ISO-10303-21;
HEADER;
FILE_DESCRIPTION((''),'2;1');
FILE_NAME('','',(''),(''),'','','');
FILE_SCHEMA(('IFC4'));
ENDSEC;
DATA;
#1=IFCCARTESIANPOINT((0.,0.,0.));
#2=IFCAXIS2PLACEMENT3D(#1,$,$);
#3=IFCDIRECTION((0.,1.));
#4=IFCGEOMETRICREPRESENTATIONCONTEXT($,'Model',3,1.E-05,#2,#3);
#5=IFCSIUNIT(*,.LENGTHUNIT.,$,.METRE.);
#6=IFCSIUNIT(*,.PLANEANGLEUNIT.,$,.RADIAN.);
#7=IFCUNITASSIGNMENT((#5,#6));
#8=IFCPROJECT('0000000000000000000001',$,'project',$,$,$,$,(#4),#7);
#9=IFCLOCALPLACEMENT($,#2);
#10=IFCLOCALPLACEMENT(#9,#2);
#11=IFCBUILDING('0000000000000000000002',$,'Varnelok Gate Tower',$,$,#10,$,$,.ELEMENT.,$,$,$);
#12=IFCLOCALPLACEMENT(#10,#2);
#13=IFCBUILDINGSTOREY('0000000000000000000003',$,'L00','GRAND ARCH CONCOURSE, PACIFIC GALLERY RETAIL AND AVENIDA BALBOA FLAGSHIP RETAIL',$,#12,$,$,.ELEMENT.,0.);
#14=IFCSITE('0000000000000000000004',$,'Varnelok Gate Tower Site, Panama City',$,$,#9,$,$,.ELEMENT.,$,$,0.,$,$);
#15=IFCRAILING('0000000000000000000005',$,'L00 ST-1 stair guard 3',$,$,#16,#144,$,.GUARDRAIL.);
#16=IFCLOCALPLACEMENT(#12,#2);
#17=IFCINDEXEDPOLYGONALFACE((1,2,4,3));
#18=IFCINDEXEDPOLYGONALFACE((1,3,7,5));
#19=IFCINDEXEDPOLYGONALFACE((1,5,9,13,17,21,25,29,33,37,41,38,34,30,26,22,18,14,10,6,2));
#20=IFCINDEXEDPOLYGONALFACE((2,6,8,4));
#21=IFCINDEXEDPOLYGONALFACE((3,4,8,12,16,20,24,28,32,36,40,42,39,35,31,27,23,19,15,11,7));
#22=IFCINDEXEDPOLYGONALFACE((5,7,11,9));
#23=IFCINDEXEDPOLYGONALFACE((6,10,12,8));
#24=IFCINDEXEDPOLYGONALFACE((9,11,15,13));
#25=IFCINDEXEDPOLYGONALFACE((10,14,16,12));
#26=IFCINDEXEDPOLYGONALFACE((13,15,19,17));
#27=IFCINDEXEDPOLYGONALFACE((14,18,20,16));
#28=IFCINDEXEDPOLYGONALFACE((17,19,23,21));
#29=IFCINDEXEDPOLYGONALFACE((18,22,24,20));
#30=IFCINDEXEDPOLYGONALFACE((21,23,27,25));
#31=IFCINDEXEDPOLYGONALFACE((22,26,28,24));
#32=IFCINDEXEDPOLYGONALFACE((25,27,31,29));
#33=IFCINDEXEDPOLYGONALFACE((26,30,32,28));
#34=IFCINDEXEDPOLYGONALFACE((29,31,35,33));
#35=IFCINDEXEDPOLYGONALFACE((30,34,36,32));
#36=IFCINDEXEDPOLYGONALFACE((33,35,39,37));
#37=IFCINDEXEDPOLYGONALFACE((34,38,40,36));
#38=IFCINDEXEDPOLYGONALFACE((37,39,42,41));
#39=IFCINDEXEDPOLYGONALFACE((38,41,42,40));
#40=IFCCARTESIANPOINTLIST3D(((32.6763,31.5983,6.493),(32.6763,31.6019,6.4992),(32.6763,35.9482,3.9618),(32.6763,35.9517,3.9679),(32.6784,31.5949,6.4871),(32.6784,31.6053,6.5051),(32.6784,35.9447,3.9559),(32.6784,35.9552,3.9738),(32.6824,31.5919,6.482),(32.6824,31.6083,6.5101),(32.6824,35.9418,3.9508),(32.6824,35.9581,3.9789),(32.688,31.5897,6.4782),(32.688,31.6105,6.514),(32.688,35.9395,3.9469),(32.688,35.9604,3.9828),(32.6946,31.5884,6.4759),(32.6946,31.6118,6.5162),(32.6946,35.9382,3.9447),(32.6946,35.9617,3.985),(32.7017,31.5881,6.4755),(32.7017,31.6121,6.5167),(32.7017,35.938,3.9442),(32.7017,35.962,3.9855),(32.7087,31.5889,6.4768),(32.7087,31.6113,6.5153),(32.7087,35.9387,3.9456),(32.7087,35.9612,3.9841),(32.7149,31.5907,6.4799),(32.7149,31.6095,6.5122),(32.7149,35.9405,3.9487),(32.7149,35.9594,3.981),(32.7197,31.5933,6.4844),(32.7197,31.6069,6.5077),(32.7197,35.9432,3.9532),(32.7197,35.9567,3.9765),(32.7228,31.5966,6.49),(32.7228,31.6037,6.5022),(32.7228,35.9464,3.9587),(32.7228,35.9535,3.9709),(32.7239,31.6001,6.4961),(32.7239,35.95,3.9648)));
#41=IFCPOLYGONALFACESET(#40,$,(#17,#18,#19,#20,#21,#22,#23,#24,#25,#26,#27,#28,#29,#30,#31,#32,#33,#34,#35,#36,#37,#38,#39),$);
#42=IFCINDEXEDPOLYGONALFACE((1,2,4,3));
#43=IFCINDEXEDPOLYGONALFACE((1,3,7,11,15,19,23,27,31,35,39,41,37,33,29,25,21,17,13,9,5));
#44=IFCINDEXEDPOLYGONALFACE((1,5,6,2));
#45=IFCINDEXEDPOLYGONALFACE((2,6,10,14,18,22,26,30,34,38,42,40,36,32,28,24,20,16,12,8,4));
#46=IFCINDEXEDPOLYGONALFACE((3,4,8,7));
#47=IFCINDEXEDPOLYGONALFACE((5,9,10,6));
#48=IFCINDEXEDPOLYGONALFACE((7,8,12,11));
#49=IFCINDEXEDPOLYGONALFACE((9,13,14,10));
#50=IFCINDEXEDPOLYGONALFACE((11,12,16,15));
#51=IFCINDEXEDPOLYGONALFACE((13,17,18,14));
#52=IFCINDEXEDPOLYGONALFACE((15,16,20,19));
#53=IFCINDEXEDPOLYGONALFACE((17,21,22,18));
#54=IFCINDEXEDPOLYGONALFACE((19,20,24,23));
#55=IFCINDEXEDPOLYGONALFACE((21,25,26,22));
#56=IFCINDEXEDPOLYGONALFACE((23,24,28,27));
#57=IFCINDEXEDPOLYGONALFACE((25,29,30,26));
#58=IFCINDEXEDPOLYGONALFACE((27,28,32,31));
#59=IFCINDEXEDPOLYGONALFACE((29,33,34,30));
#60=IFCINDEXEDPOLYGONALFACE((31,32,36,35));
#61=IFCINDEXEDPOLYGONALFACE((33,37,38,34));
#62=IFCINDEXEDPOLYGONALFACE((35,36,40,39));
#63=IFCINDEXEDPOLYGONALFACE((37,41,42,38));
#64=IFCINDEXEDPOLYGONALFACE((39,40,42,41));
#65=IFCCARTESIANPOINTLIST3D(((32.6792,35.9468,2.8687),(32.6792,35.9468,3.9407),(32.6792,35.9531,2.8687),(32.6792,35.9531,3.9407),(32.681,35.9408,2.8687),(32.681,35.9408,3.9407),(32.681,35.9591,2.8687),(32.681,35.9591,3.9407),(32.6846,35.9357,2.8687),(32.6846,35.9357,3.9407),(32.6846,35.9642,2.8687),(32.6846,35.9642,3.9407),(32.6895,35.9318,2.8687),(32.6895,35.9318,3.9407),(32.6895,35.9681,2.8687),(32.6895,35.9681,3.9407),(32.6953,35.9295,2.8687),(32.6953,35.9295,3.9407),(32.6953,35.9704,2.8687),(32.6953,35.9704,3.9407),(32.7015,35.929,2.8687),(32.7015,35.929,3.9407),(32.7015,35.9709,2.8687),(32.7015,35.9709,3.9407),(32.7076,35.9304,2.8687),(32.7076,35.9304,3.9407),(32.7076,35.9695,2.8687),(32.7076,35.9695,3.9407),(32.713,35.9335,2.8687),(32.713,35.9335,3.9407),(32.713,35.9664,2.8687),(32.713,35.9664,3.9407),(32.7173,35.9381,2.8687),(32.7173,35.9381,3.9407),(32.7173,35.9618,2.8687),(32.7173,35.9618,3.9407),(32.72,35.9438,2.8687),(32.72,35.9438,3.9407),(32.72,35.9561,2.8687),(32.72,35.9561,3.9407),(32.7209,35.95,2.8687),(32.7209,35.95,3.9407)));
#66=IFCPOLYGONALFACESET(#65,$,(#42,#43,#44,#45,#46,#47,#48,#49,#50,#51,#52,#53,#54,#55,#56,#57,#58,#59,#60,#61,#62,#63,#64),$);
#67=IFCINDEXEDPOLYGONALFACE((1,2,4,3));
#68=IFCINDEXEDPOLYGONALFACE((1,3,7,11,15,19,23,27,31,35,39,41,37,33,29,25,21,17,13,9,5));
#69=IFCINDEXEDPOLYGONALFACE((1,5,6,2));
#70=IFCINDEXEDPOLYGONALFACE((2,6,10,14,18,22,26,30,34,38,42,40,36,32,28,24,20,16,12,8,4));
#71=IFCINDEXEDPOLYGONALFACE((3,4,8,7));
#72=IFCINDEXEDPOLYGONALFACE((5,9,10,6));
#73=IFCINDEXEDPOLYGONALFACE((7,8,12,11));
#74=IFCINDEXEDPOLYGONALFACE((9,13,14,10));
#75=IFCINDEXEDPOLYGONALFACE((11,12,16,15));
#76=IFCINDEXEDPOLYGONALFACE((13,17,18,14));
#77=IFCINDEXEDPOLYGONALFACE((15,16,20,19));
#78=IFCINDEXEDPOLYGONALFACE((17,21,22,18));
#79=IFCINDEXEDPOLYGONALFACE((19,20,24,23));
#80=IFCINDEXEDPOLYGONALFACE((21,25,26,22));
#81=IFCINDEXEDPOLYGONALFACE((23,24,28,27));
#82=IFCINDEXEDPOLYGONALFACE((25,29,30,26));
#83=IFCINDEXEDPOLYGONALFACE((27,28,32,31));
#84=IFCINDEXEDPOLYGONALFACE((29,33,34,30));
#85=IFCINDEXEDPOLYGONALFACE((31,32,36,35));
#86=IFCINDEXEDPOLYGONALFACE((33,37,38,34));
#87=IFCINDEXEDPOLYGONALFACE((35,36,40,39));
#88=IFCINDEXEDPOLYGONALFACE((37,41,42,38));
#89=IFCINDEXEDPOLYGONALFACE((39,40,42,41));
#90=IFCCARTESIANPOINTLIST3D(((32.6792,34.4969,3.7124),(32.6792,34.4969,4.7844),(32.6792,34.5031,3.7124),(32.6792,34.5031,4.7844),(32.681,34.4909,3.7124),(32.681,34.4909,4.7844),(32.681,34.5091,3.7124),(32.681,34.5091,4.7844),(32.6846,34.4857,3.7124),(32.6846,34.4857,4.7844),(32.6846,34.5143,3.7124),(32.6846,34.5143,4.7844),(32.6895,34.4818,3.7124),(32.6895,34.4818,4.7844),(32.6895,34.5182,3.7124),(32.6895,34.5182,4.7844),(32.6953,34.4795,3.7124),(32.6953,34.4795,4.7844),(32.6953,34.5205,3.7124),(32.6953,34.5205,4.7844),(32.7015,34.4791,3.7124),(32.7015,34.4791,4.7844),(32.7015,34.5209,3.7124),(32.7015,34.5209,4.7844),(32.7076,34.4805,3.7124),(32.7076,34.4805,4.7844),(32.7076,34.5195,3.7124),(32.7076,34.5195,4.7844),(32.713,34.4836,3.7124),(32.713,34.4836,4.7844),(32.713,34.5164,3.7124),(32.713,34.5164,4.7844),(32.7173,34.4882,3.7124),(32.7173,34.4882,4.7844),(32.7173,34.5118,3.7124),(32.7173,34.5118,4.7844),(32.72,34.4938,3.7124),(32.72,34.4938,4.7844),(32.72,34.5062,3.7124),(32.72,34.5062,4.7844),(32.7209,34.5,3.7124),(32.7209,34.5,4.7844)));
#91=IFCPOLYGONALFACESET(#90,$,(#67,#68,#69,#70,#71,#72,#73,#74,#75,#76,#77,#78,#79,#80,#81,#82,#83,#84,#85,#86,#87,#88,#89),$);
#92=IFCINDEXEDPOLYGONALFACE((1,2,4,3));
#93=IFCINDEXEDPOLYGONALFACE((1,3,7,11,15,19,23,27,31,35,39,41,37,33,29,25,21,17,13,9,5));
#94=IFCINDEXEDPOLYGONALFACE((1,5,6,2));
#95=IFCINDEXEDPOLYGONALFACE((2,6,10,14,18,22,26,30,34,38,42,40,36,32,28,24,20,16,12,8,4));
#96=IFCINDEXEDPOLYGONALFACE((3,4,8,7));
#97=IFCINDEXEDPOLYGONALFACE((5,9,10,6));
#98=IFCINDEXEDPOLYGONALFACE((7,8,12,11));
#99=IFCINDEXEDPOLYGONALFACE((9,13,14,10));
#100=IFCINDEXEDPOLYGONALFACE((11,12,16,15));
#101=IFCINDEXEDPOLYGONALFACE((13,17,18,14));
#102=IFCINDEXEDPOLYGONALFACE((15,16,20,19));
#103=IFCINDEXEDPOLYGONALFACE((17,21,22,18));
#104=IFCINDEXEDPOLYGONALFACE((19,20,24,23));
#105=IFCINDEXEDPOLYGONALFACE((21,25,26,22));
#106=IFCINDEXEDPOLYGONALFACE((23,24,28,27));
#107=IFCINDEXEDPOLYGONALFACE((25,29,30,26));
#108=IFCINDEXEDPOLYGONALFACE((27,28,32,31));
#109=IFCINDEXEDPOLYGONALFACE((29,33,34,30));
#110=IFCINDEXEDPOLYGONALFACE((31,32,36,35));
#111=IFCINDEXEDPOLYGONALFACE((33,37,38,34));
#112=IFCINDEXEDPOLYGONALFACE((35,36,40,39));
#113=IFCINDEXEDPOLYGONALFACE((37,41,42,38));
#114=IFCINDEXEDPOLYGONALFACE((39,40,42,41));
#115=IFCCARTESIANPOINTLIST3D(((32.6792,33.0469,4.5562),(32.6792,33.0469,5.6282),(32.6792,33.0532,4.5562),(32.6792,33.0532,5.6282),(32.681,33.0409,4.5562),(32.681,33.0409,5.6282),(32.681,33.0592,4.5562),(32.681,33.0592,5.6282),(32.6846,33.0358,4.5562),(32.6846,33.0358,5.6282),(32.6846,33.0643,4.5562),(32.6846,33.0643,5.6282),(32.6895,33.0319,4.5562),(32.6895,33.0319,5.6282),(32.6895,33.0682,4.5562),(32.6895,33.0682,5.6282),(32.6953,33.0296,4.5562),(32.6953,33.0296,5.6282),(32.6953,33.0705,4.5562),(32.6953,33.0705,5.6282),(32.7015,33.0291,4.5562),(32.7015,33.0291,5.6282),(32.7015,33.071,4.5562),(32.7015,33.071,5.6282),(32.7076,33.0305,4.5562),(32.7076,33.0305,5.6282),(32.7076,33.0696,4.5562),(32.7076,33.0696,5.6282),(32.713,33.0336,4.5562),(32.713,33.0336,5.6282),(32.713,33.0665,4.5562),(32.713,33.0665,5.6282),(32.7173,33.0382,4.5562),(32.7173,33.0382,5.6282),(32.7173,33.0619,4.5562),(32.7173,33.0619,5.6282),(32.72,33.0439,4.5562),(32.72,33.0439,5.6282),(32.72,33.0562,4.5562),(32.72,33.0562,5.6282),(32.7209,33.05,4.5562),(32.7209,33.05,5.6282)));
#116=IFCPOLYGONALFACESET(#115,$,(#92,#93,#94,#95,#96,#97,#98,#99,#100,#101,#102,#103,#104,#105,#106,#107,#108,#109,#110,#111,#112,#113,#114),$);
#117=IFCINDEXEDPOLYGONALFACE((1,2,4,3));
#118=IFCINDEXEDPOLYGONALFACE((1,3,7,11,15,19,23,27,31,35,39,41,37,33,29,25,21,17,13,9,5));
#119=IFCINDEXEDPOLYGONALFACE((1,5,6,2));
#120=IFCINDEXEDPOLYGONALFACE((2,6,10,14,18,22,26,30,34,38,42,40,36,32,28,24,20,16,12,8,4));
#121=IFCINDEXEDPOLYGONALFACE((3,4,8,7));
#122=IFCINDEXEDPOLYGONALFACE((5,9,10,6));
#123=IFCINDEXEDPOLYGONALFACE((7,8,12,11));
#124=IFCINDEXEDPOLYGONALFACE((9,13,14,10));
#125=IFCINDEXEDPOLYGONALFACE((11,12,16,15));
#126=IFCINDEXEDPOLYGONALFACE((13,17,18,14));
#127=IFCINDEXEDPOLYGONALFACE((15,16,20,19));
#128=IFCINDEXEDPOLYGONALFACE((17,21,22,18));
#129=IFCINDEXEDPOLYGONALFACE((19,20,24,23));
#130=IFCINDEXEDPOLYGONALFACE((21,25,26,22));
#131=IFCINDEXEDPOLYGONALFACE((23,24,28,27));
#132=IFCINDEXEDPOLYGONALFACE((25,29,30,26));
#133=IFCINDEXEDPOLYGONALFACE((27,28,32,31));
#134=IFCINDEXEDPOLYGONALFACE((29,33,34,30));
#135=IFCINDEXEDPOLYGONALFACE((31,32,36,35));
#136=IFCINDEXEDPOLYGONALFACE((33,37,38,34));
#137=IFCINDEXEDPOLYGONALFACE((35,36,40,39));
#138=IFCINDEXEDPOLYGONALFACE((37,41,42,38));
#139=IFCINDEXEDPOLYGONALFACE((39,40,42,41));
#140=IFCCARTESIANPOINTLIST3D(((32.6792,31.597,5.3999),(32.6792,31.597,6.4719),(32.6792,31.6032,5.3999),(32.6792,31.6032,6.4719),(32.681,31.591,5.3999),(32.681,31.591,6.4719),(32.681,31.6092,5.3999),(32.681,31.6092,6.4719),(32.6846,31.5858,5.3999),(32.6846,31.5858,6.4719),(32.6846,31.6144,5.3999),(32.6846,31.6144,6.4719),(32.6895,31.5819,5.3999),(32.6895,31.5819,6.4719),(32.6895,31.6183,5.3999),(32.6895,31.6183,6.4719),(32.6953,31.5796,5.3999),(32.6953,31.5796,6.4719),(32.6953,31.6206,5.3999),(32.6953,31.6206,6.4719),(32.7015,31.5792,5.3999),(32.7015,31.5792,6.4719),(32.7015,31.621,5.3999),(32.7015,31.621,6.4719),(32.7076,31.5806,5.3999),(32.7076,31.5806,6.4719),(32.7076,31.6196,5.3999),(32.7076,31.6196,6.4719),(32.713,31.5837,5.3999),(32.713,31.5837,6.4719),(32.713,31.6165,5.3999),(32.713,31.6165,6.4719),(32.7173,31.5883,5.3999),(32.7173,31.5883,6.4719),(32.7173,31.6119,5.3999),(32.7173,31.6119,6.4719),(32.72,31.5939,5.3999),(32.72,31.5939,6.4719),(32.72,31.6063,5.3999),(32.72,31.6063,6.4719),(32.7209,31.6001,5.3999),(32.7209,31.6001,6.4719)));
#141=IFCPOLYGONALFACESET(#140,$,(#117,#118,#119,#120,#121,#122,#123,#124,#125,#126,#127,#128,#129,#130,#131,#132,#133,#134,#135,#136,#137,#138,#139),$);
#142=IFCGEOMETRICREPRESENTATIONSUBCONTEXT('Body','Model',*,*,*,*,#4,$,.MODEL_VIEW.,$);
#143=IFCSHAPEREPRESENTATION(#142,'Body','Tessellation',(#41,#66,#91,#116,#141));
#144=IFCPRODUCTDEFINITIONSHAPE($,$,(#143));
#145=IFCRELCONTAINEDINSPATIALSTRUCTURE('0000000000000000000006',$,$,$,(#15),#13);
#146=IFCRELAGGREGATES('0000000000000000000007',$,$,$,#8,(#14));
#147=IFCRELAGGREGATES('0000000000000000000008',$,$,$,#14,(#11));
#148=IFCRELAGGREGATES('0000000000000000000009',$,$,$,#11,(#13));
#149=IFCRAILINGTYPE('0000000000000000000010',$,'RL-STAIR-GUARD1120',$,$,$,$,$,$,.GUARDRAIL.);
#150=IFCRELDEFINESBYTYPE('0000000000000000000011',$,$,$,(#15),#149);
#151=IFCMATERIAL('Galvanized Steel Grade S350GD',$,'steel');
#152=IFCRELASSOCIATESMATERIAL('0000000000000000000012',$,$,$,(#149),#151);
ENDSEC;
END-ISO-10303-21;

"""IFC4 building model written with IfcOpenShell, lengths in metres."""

from ifc_helpers import new_model, si_unit, direction, frame, origin, origin_2d, place, context, subcontext, project, spatial, circle, extrude, material, type_object, element, save


model = new_model("IFC4")

# Units and contexts
model_context = context("Model", 3, precision=1e-05, world=origin(), true_north=direction((0.0, 1.0)))
body_context = subcontext(model_context, "Body", "Model", "MODEL_VIEW")
ifc_project = project(units=[si_unit("LENGTHUNIT", "METRE"), si_unit("PLANEANGLEUNIT", "RADIAN")], contexts=[model_context])

# Site, building, storey
site_placement = place(None, origin())
site = spatial("IfcSite", under=ifc_project, at=site_placement, Name="Varnelok Gate Tower Site, Panama City", CompositionType="ELEMENT", RefElevation=0.0)
building_placement = place(site_placement, origin())
building = spatial("IfcBuilding", under=site, at=building_placement, Name="Varnelok Gate Tower", CompositionType="ELEMENT")
storey_placement = place(building_placement, origin())
storey = spatial("IfcBuildingStorey", under=building, at=storey_placement, Name="L00", Description="GRAND ARCH CONCOURSE, PACIFIC GALLERY RETAIL AND AVENIDA BALBOA FLAGSHIP RETAIL", CompositionType="ELEMENT", Elevation=0.0)

# Railing
ifc_material_1 = material(Name="Galvanized Steel Grade S350GD", Category="steel")
railing_type_1 = type_object("IfcRailingType", Name="RL-STAIR-GUARD1120", PredefinedType="GUARDRAIL", material=ifc_material_1)
railing_1_placement = place(storey_placement, frame((32.7, 35.95, 2.8687)))
element("IfcRailing", 1, at=railing_1_placement, inside=storey, type_object=railing_type_1, Name="L00 ST-1 stair guard 3", PredefinedType="GUARDRAIL", context=body_context, shape_type="SweptSolid", body=[
    extrude(circle(Radius=0.0239, at=origin_2d()), frame((0.0, 0.0, 1.0962), z_axis=(0.0, -0.864312, 0.502957), x_axis=(1.0, 0.0, 0.0)), (0.0, 0.0, 1.0), 5.0327),
    extrude(circle(Radius=0.021, at=origin_2d()), origin(), (0.0, 0.0, 1.0), 1.072),
    extrude(circle(Radius=0.021, at=origin_2d()), frame((0.0, -1.45, 0.8438)), (0.0, 0.0, 1.0), 1.072),
    extrude(circle(Radius=0.021, at=origin_2d()), frame((0.0, -2.8999, 1.6875)), (0.0, 0.0, 1.0), 1.072),
    extrude(circle(Radius=0.021, at=origin_2d()), frame((0.0, -4.3499, 2.5312)), (0.0, 0.0, 1.0), 1.072),
])

save(model, "model.ifc")
